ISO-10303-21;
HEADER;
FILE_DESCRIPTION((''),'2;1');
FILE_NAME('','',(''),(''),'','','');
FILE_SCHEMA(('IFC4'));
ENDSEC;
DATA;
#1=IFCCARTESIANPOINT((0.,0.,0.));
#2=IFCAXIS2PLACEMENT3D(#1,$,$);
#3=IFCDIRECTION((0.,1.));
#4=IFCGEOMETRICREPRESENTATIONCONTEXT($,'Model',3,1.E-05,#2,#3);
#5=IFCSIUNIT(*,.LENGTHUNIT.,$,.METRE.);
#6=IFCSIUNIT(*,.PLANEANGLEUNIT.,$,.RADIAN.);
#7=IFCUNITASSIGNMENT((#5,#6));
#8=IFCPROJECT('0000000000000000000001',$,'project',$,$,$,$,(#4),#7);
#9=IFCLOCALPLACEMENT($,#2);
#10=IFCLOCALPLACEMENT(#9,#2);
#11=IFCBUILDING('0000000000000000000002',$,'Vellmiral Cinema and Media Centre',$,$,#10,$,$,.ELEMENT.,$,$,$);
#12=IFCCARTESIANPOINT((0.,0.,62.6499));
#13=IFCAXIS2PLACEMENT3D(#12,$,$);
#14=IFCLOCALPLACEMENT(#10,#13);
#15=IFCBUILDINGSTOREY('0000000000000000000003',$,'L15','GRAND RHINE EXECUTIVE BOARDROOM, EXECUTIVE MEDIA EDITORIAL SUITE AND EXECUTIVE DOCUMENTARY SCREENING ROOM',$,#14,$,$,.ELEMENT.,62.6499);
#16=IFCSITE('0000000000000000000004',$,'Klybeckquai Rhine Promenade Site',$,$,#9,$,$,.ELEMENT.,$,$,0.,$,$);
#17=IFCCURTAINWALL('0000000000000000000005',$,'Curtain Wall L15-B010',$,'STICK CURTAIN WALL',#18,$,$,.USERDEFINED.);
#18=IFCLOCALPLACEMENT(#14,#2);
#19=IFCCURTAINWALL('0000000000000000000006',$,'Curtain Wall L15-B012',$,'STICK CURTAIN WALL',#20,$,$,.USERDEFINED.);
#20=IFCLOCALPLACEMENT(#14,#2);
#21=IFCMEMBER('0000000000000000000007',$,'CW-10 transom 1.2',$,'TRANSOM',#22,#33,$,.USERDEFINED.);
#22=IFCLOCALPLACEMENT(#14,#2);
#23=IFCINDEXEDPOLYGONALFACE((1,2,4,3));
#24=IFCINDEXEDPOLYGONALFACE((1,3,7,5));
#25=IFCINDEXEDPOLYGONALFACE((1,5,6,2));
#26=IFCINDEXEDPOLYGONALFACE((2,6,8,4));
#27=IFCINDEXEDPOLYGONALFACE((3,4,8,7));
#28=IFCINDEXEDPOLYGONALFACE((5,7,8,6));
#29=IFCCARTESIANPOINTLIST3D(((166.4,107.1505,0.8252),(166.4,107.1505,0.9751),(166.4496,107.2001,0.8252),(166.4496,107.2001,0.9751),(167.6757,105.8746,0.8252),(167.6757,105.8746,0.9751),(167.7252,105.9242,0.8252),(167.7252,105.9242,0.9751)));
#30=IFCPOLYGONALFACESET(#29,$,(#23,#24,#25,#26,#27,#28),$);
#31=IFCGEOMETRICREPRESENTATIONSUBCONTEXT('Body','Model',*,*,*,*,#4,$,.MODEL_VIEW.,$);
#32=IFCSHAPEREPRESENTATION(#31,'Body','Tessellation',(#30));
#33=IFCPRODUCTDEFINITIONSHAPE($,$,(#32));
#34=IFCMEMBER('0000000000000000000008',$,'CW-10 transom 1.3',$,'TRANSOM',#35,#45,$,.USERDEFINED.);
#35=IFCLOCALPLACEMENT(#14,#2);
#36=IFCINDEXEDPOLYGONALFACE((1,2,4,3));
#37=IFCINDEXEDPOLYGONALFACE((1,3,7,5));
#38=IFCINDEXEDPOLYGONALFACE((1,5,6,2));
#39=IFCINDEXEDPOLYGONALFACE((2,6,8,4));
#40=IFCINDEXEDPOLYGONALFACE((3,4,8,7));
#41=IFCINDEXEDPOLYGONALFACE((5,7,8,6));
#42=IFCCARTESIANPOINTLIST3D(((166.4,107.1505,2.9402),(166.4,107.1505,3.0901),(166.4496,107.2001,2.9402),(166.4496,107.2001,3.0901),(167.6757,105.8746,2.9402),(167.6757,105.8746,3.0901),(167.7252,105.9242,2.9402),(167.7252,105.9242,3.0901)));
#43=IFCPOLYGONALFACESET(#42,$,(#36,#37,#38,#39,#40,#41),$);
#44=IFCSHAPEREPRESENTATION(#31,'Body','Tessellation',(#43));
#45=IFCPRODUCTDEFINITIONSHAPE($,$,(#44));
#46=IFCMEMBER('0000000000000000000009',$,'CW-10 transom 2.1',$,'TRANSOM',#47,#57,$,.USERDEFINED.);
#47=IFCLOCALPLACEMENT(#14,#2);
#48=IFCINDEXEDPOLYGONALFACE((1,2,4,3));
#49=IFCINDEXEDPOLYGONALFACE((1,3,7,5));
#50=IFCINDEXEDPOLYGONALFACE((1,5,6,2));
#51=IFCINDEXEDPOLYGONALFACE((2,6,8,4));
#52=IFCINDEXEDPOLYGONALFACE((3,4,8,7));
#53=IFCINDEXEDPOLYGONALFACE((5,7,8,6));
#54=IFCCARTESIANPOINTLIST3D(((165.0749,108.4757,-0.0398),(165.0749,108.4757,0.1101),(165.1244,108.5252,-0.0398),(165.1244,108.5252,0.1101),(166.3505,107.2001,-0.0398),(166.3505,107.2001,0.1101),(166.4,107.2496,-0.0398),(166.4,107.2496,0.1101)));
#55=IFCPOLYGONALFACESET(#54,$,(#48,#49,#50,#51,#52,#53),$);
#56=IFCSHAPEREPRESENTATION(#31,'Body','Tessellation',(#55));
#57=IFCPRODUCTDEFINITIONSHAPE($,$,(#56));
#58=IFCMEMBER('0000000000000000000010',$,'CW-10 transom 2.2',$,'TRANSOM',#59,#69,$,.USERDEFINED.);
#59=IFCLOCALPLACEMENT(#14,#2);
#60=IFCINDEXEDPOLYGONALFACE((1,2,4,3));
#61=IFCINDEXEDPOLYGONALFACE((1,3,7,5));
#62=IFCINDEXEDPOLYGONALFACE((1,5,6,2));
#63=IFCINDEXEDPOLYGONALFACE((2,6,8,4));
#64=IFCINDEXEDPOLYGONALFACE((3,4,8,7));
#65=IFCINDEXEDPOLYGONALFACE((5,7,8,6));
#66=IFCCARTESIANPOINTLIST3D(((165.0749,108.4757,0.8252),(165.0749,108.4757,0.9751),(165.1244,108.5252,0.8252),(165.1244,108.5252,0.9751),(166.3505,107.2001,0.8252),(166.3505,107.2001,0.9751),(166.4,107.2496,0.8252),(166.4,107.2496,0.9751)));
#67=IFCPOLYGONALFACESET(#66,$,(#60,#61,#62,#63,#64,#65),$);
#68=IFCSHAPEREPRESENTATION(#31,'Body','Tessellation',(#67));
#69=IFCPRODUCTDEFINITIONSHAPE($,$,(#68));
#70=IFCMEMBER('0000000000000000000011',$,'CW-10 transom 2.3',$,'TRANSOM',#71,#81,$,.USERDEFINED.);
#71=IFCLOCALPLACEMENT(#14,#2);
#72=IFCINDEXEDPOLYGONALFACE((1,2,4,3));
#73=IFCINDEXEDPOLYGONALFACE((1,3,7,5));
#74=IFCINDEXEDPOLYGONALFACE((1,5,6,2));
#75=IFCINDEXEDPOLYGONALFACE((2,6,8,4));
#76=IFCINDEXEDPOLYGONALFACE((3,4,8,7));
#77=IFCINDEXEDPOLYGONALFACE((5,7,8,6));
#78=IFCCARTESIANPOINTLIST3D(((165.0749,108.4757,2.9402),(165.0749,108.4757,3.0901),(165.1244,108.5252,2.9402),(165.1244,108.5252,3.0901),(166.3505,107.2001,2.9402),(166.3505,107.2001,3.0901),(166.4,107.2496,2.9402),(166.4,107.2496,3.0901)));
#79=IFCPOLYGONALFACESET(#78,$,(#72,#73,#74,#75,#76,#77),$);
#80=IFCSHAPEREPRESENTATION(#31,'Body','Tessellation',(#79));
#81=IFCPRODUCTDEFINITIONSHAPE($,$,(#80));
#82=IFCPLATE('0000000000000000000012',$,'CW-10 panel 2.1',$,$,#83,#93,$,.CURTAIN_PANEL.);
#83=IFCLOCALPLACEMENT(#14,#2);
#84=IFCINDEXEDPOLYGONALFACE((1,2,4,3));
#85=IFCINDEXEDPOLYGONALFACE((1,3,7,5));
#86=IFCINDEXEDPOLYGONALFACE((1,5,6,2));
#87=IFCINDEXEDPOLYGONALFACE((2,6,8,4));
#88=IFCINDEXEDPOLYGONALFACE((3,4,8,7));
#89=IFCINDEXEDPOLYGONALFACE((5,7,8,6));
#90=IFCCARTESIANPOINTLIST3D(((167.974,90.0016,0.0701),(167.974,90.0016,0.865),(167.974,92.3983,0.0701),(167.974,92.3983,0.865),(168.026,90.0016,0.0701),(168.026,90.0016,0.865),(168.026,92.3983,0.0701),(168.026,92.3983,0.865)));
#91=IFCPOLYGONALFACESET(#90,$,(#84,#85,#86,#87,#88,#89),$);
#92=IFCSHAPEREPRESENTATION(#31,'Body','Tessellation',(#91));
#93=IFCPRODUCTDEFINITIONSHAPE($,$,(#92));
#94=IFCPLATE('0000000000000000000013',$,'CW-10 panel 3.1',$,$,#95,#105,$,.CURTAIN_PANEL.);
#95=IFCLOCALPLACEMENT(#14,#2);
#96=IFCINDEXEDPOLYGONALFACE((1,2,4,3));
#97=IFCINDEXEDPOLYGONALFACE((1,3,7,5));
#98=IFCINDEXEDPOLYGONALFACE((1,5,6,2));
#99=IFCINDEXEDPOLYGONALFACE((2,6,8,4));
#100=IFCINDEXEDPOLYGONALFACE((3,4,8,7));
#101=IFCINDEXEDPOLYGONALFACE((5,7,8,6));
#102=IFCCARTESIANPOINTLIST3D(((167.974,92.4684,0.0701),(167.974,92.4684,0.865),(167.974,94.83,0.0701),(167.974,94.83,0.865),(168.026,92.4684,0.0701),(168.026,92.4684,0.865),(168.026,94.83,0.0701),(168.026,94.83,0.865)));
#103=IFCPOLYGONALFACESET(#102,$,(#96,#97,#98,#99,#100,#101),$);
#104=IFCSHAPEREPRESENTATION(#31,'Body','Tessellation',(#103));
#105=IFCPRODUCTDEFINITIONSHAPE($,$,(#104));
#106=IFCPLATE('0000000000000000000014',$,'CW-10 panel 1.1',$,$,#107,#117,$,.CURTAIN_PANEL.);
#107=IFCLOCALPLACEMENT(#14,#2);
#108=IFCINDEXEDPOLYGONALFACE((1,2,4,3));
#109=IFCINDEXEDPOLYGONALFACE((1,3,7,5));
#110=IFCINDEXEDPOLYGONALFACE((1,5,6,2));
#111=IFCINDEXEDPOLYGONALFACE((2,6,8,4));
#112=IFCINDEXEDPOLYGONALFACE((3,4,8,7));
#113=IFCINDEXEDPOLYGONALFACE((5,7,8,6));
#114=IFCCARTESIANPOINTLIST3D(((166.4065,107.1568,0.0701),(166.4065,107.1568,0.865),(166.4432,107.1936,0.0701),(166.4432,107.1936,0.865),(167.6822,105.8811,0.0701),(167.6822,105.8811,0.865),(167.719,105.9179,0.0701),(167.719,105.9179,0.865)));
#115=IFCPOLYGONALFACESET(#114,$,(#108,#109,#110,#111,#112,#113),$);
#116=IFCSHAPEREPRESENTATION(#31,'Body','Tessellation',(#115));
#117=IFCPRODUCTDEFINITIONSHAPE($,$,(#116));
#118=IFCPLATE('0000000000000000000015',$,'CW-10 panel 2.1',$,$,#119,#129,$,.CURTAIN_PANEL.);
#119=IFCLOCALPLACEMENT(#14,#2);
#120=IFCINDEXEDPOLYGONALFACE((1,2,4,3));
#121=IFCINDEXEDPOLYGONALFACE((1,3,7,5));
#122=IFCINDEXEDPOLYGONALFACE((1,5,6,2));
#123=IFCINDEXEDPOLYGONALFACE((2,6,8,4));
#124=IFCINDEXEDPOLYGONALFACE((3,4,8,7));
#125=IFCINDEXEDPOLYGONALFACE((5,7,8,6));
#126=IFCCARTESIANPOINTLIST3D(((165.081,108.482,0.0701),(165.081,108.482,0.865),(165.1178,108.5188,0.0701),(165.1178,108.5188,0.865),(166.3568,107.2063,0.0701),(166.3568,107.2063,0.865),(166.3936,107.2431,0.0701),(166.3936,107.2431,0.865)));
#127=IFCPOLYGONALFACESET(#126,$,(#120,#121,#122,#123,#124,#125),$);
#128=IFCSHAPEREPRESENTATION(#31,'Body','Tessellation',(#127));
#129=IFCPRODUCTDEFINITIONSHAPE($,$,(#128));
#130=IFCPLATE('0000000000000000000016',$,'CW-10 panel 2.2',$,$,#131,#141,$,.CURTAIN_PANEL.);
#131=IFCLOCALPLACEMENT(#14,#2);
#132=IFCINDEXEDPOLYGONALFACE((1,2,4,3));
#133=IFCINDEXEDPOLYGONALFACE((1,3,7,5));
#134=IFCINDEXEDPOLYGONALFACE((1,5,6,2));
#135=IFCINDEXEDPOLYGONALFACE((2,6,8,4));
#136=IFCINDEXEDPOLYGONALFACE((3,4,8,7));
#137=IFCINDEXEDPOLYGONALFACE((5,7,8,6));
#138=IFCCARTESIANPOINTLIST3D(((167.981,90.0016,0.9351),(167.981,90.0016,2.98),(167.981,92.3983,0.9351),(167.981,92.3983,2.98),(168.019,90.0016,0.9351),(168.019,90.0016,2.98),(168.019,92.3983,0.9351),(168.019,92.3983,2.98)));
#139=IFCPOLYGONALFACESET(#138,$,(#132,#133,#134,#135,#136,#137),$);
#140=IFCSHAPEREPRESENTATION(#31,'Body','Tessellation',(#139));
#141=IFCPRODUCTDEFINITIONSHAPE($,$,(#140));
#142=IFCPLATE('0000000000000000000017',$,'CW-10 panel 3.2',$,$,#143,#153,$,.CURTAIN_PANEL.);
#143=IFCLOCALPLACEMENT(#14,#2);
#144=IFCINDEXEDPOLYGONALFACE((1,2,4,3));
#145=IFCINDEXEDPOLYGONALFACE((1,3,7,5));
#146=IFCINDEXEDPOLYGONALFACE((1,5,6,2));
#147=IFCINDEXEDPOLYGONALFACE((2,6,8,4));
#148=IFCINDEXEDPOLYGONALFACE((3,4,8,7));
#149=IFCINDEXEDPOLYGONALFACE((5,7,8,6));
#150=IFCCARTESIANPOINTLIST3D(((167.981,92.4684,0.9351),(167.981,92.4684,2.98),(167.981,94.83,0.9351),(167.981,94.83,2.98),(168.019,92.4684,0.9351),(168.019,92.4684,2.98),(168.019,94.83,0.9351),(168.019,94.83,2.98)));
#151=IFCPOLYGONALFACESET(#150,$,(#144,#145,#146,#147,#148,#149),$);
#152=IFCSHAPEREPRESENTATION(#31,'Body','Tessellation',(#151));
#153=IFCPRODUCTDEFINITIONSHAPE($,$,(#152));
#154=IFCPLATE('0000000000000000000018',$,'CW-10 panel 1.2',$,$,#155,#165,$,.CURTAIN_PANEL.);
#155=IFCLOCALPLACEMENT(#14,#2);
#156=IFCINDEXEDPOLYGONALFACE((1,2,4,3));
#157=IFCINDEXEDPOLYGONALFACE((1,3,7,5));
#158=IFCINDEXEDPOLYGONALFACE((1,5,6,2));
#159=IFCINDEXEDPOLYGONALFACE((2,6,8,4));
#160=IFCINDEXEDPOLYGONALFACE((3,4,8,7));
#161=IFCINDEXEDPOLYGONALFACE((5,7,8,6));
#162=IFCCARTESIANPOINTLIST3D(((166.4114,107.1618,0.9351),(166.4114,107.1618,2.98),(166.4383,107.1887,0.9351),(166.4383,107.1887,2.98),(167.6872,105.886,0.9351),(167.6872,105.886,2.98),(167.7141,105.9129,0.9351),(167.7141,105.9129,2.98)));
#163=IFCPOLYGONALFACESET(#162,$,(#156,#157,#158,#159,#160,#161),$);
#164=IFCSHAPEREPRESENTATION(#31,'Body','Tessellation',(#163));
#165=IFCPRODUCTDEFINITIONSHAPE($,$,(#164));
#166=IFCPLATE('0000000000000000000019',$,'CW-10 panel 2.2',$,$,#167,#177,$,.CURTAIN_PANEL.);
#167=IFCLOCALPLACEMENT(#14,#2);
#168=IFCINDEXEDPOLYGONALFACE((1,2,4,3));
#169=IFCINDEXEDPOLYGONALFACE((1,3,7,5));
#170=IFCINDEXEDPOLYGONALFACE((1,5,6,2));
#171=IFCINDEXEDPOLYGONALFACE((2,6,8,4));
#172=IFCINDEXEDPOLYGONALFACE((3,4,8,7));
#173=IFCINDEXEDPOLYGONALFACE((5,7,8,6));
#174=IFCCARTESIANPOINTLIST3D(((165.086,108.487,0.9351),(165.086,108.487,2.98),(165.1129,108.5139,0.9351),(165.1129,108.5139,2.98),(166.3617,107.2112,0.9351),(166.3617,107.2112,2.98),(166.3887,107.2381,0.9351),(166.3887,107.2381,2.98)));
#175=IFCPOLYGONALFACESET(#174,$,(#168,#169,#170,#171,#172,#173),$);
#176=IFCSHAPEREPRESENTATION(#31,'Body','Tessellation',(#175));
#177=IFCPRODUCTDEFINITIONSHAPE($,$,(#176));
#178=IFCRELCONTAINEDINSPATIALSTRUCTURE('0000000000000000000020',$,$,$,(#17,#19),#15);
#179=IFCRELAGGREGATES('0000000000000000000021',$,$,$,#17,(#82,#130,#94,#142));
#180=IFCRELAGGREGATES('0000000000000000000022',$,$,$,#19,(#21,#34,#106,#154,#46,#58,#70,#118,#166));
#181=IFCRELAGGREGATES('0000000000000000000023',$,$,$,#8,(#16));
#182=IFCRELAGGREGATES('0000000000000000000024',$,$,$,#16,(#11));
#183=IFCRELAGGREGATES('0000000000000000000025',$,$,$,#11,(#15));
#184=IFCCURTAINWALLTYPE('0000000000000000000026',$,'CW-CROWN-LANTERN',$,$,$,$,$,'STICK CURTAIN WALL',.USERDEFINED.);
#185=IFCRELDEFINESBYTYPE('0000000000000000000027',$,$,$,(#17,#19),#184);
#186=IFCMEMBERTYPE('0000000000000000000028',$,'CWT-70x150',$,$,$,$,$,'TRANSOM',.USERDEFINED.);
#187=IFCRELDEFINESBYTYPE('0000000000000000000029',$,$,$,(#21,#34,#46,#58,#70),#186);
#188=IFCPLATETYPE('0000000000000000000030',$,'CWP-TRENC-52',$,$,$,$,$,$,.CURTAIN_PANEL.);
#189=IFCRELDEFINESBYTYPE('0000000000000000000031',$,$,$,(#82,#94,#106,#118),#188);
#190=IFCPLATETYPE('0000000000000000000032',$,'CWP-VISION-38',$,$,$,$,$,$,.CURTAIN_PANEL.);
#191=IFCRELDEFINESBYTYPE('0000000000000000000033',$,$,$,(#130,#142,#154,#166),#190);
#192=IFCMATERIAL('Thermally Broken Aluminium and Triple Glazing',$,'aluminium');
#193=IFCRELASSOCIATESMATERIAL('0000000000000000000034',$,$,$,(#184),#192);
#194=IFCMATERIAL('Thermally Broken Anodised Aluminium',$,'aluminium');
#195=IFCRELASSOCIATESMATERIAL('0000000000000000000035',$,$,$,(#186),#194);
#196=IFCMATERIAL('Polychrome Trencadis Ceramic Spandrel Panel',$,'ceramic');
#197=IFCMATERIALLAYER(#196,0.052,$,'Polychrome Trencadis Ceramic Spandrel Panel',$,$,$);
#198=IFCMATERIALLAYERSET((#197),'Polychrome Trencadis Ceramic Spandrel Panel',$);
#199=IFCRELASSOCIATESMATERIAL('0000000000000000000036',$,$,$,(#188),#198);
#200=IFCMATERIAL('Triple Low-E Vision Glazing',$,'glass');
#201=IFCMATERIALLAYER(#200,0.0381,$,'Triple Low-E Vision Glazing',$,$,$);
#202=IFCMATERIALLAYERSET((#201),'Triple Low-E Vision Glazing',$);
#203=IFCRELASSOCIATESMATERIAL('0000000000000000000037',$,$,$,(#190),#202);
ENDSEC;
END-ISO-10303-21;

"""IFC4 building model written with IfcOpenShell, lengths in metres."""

from ifc_helpers import new_model, si_unit, direction, frame, origin, origin_2d, place, context, subcontext, project, spatial, rectangle, extrude, material, layer, layer_set, material_profile, profile_set, type_object, element, aggregate, save


model = new_model("IFC4")

# Units and contexts
model_context = context("Model", 3, precision=1e-05, world=origin(), true_north=direction((0.0, 1.0)))
body_context = subcontext(model_context, "Body", "Model", "MODEL_VIEW")
ifc_project = project(units=[si_unit("LENGTHUNIT", "METRE"), si_unit("PLANEANGLEUNIT", "RADIAN")], contexts=[model_context])

# Site, building, storey
site_placement = place(None, origin())
site = spatial("IfcSite", under=ifc_project, at=site_placement, Name="Klybeckquai Rhine Promenade Site", CompositionType="ELEMENT", RefElevation=0.0)
building_placement = place(site_placement, origin())
building = spatial("IfcBuilding", under=site, at=building_placement, Name="Vellmiral Cinema and Media Centre", CompositionType="ELEMENT")
storey_placement = place(building_placement, frame((0.0, 0.0, 62.6499)))
storey = spatial("IfcBuildingStorey", under=building, at=storey_placement, Name="L15", Description="GRAND RHINE EXECUTIVE BOARDROOM, EXECUTIVE MEDIA EDITORIAL SUITE AND EXECUTIVE DOCUMENTARY SCREENING ROOM", CompositionType="ELEMENT", Elevation=62.6499)

# Curtain walls
ifc_material_1 = material(Name="Thermally Broken Aluminium and Triple Glazing", Category="aluminium")
curtain_wall_type = type_object("IfcCurtainWallType", Name="CW-CROWN-LANTERN", ElementType="STICK CURTAIN WALL", PredefinedType="USERDEFINED", material=ifc_material_1)
curtain_wall_1_placement = place(storey_placement, origin())
curtain_wall_1 = element("IfcCurtainWall", 1, at=curtain_wall_1_placement, inside=storey, type_object=curtain_wall_type, Name="Curtain Wall L15-B010", ObjectType="STICK CURTAIN WALL", PredefinedType="USERDEFINED")
curtain_wall_2_placement = place(storey_placement, origin())
curtain_wall_2 = element("IfcCurtainWall", 2, at=curtain_wall_2_placement, inside=storey, type_object=curtain_wall_type, Name="Curtain Wall L15-B012", ObjectType="STICK CURTAIN WALL", PredefinedType="USERDEFINED")

# Members
ifc_material_2 = material(Name="Thermally Broken Anodised Aluminium", Category="aluminium")
ifc_material_profile_1 = material_profile(ifc_material_2, rectangle(XDim=0.0701, YDim=0.1499, at=origin_2d()), Name="MULL 70x150")
ifc_profile_set_1 = profile_set([ifc_material_profile_1], Name="Thermally Broken Anodised Aluminium")
member_type_1 = type_object("IfcMemberType", Name="CWT-70x150", ElementType="TRANSOM", PredefinedType="USERDEFINED", material=ifc_profile_set_1)
member_1_placement = place(storey_placement, frame((167.7004, 105.8994, 0.9001), z_axis=(-0.707039, 0.707174, 0.0), x_axis=(-0.707174, -0.707039, 0.0)))
member_1 = element("IfcMember", 3, at=member_1_placement, type_object=member_type_1, Name="CW-10 transom 1.2", ObjectType="TRANSOM", PredefinedType="USERDEFINED", context=body_context, shape_type="SweptSolid", body=[
    extrude(rectangle(XDim=0.0701, YDim=0.1499, at=origin_2d()), origin(), (0.0, 0.0, 1.0), 1.8042),
])
member_2_placement = place(storey_placement, frame((167.7004, 105.8994, 3.0151), z_axis=(-0.707039, 0.707174, 0.0), x_axis=(-0.707174, -0.707039, 0.0)))
member_2 = element("IfcMember", 4, at=member_2_placement, type_object=member_type_1, Name="CW-10 transom 1.3", ObjectType="TRANSOM", PredefinedType="USERDEFINED", context=body_context, shape_type="SweptSolid", body=[
    extrude(rectangle(XDim=0.0701, YDim=0.1499, at=origin_2d()), origin(), (0.0, 0.0, 1.0), 1.8042),
])
member_3_placement = place(storey_placement, frame((166.3752, 107.2249, 0.0352), z_axis=(-0.707107, 0.707107, 0.0), x_axis=(-0.707107, -0.707107, 0.0)))
member_3 = element("IfcMember", 5, at=member_3_placement, type_object=member_type_1, Name="CW-10 transom 2.1", ObjectType="TRANSOM", PredefinedType="USERDEFINED", context=body_context, shape_type="SweptSolid", body=[
    extrude(rectangle(XDim=0.0701, YDim=0.1499, at=origin_2d()), origin(), (0.0, 0.0, 1.0), 1.804),
])
member_4_placement = place(storey_placement, frame((166.3752, 107.2249, 0.9001), z_axis=(-0.707107, 0.707107, 0.0), x_axis=(-0.707107, -0.707107, 0.0)))
member_4 = element("IfcMember", 6, at=member_4_placement, type_object=member_type_1, Name="CW-10 transom 2.2", ObjectType="TRANSOM", PredefinedType="USERDEFINED", context=body_context, shape_type="SweptSolid", body=[
    extrude(rectangle(XDim=0.0701, YDim=0.1499, at=origin_2d()), origin(), (0.0, 0.0, 1.0), 1.804),
])
member_5_placement = place(storey_placement, frame((166.3752, 107.2249, 3.0151), z_axis=(-0.707107, 0.707107, 0.0), x_axis=(-0.707107, -0.707107, 0.0)))
member_5 = element("IfcMember", 7, at=member_5_placement, type_object=member_type_1, Name="CW-10 transom 2.3", ObjectType="TRANSOM", PredefinedType="USERDEFINED", context=body_context, shape_type="SweptSolid", body=[
    extrude(rectangle(XDim=0.0701, YDim=0.1499, at=origin_2d()), origin(), (0.0, 0.0, 1.0), 1.804),
])

# Plates
ifc_material_3 = material(Name="Polychrome Trencadis Ceramic Spandrel Panel", Category="ceramic")
ifc_layer_1 = layer(ifc_material_3, 0.052, Name="Polychrome Trencadis Ceramic Spandrel Panel")
ifc_layer_set_1 = layer_set([ifc_layer_1], Name="Polychrome Trencadis Ceramic Spandrel Panel")
plate_type_1 = type_object("IfcPlateType", Name="CWP-TRENC-52", PredefinedType="CURTAIN_PANEL", material=ifc_layer_set_1)
plate_1_placement = place(storey_placement, frame((168.0, 91.2, 0.0701), z_axis=(0.0, 0.0, 1.0), x_axis=(0.0, 1.0, 0.0)))
plate_1 = element("IfcPlate", 8, at=plate_1_placement, type_object=plate_type_1, Name="CW-10 panel 2.1", PredefinedType="CURTAIN_PANEL", context=body_context, shape_type="SweptSolid", body=[
    extrude(rectangle(XDim=2.3967, YDim=0.052, at=origin_2d()), origin(), (0.0, 0.0, 1.0), 0.7949),
])
plate_2_placement = place(storey_placement, frame((168.0, 93.6492, 0.0701), z_axis=(0.0, 0.0, 1.0), x_axis=(0.0, 1.0, 0.0)))
plate_2 = element("IfcPlate", 9, at=plate_2_placement, type_object=plate_type_1, Name="CW-10 panel 3.1", PredefinedType="CURTAIN_PANEL", context=body_context, shape_type="SweptSolid", body=[
    extrude(rectangle(XDim=2.3616, YDim=0.052, at=origin_2d()), origin(), (0.0, 0.0, 1.0), 0.7949),
])
plate_3_placement = place(storey_placement, frame((167.0627, 106.5374, 0.0701), z_axis=(0.0, 0.0, 1.0), x_axis=(-0.707107, 0.707107, 0.0)))
plate_3 = element("IfcPlate", 10, at=plate_3_placement, type_object=plate_type_1, Name="CW-10 panel 1.1", PredefinedType="CURTAIN_PANEL", context=body_context, shape_type="SweptSolid", body=[
    extrude(rectangle(XDim=1.8042, YDim=0.052, at=origin_2d()), origin(), (0.0, 0.0, 1.0), 0.7949),
])
plate_4_placement = place(storey_placement, frame((165.7373, 107.8625, 0.0701), z_axis=(0.0, 0.0, 1.0), x_axis=(-0.707107, 0.707107, 0.0)))
plate_4 = element("IfcPlate", 11, at=plate_4_placement, type_object=plate_type_1, Name="CW-10 panel 2.1", PredefinedType="CURTAIN_PANEL", context=body_context, shape_type="SweptSolid", body=[
    extrude(rectangle(XDim=1.8042, YDim=0.052, at=origin_2d()), origin(), (0.0, 0.0, 1.0), 0.7949),
])
ifc_material_4 = material(Name="Triple Low-E Vision Glazing", Category="glass")
ifc_layer_2 = layer(ifc_material_4, 0.0381, Name="Triple Low-E Vision Glazing")
ifc_layer_set_2 = layer_set([ifc_layer_2], Name="Triple Low-E Vision Glazing")
plate_type_2 = type_object("IfcPlateType", Name="CWP-VISION-38", PredefinedType="CURTAIN_PANEL", material=ifc_layer_set_2)
plate_5_placement = place(storey_placement, frame((168.0, 91.2, 0.9351), z_axis=(0.0, 0.0, 1.0), x_axis=(0.0, 1.0, 0.0)))
plate_5 = element("IfcPlate", 12, at=plate_5_placement, type_object=plate_type_2, Name="CW-10 panel 2.2", PredefinedType="CURTAIN_PANEL", context=body_context, shape_type="SweptSolid", body=[
    extrude(rectangle(XDim=2.3967, YDim=0.0381, at=origin_2d()), origin(), (0.0, 0.0, 1.0), 2.0449),
])
plate_6_placement = place(storey_placement, frame((168.0, 93.6492, 0.9351), z_axis=(0.0, 0.0, 1.0), x_axis=(0.0, 1.0, 0.0)))
plate_6 = element("IfcPlate", 13, at=plate_6_placement, type_object=plate_type_2, Name="CW-10 panel 3.2", PredefinedType="CURTAIN_PANEL", context=body_context, shape_type="SweptSolid", body=[
    extrude(rectangle(XDim=2.3616, YDim=0.0381, at=origin_2d()), origin(), (0.0, 0.0, 1.0), 2.0449),
])
aggregate(curtain_wall_1, [plate_1, plate_5, plate_2, plate_6])
plate_7_placement = place(storey_placement, frame((167.0627, 106.5374, 0.9351), z_axis=(0.0, 0.0, 1.0), x_axis=(-0.707107, 0.707107, 0.0)))
plate_7 = element("IfcPlate", 14, at=plate_7_placement, type_object=plate_type_2, Name="CW-10 panel 1.2", PredefinedType="CURTAIN_PANEL", context=body_context, shape_type="SweptSolid", body=[
    extrude(rectangle(XDim=1.8042, YDim=0.0381, at=origin_2d()), origin(), (0.0, 0.0, 1.0), 2.0449),
])
plate_8_placement = place(storey_placement, frame((165.7373, 107.8625, 0.9351), z_axis=(0.0, 0.0, 1.0), x_axis=(-0.707107, 0.707107, 0.0)))
plate_8 = element("IfcPlate", 15, at=plate_8_placement, type_object=plate_type_2, Name="CW-10 panel 2.2", PredefinedType="CURTAIN_PANEL", context=body_context, shape_type="SweptSolid", body=[
    extrude(rectangle(XDim=1.8042, YDim=0.0381, at=origin_2d()), origin(), (0.0, 0.0, 1.0), 2.0449),
])
aggregate(curtain_wall_2, [member_1, member_2, plate_3, plate_7, member_3, member_4, member_5, plate_4, plate_8])

save(model, "model.ifc")
